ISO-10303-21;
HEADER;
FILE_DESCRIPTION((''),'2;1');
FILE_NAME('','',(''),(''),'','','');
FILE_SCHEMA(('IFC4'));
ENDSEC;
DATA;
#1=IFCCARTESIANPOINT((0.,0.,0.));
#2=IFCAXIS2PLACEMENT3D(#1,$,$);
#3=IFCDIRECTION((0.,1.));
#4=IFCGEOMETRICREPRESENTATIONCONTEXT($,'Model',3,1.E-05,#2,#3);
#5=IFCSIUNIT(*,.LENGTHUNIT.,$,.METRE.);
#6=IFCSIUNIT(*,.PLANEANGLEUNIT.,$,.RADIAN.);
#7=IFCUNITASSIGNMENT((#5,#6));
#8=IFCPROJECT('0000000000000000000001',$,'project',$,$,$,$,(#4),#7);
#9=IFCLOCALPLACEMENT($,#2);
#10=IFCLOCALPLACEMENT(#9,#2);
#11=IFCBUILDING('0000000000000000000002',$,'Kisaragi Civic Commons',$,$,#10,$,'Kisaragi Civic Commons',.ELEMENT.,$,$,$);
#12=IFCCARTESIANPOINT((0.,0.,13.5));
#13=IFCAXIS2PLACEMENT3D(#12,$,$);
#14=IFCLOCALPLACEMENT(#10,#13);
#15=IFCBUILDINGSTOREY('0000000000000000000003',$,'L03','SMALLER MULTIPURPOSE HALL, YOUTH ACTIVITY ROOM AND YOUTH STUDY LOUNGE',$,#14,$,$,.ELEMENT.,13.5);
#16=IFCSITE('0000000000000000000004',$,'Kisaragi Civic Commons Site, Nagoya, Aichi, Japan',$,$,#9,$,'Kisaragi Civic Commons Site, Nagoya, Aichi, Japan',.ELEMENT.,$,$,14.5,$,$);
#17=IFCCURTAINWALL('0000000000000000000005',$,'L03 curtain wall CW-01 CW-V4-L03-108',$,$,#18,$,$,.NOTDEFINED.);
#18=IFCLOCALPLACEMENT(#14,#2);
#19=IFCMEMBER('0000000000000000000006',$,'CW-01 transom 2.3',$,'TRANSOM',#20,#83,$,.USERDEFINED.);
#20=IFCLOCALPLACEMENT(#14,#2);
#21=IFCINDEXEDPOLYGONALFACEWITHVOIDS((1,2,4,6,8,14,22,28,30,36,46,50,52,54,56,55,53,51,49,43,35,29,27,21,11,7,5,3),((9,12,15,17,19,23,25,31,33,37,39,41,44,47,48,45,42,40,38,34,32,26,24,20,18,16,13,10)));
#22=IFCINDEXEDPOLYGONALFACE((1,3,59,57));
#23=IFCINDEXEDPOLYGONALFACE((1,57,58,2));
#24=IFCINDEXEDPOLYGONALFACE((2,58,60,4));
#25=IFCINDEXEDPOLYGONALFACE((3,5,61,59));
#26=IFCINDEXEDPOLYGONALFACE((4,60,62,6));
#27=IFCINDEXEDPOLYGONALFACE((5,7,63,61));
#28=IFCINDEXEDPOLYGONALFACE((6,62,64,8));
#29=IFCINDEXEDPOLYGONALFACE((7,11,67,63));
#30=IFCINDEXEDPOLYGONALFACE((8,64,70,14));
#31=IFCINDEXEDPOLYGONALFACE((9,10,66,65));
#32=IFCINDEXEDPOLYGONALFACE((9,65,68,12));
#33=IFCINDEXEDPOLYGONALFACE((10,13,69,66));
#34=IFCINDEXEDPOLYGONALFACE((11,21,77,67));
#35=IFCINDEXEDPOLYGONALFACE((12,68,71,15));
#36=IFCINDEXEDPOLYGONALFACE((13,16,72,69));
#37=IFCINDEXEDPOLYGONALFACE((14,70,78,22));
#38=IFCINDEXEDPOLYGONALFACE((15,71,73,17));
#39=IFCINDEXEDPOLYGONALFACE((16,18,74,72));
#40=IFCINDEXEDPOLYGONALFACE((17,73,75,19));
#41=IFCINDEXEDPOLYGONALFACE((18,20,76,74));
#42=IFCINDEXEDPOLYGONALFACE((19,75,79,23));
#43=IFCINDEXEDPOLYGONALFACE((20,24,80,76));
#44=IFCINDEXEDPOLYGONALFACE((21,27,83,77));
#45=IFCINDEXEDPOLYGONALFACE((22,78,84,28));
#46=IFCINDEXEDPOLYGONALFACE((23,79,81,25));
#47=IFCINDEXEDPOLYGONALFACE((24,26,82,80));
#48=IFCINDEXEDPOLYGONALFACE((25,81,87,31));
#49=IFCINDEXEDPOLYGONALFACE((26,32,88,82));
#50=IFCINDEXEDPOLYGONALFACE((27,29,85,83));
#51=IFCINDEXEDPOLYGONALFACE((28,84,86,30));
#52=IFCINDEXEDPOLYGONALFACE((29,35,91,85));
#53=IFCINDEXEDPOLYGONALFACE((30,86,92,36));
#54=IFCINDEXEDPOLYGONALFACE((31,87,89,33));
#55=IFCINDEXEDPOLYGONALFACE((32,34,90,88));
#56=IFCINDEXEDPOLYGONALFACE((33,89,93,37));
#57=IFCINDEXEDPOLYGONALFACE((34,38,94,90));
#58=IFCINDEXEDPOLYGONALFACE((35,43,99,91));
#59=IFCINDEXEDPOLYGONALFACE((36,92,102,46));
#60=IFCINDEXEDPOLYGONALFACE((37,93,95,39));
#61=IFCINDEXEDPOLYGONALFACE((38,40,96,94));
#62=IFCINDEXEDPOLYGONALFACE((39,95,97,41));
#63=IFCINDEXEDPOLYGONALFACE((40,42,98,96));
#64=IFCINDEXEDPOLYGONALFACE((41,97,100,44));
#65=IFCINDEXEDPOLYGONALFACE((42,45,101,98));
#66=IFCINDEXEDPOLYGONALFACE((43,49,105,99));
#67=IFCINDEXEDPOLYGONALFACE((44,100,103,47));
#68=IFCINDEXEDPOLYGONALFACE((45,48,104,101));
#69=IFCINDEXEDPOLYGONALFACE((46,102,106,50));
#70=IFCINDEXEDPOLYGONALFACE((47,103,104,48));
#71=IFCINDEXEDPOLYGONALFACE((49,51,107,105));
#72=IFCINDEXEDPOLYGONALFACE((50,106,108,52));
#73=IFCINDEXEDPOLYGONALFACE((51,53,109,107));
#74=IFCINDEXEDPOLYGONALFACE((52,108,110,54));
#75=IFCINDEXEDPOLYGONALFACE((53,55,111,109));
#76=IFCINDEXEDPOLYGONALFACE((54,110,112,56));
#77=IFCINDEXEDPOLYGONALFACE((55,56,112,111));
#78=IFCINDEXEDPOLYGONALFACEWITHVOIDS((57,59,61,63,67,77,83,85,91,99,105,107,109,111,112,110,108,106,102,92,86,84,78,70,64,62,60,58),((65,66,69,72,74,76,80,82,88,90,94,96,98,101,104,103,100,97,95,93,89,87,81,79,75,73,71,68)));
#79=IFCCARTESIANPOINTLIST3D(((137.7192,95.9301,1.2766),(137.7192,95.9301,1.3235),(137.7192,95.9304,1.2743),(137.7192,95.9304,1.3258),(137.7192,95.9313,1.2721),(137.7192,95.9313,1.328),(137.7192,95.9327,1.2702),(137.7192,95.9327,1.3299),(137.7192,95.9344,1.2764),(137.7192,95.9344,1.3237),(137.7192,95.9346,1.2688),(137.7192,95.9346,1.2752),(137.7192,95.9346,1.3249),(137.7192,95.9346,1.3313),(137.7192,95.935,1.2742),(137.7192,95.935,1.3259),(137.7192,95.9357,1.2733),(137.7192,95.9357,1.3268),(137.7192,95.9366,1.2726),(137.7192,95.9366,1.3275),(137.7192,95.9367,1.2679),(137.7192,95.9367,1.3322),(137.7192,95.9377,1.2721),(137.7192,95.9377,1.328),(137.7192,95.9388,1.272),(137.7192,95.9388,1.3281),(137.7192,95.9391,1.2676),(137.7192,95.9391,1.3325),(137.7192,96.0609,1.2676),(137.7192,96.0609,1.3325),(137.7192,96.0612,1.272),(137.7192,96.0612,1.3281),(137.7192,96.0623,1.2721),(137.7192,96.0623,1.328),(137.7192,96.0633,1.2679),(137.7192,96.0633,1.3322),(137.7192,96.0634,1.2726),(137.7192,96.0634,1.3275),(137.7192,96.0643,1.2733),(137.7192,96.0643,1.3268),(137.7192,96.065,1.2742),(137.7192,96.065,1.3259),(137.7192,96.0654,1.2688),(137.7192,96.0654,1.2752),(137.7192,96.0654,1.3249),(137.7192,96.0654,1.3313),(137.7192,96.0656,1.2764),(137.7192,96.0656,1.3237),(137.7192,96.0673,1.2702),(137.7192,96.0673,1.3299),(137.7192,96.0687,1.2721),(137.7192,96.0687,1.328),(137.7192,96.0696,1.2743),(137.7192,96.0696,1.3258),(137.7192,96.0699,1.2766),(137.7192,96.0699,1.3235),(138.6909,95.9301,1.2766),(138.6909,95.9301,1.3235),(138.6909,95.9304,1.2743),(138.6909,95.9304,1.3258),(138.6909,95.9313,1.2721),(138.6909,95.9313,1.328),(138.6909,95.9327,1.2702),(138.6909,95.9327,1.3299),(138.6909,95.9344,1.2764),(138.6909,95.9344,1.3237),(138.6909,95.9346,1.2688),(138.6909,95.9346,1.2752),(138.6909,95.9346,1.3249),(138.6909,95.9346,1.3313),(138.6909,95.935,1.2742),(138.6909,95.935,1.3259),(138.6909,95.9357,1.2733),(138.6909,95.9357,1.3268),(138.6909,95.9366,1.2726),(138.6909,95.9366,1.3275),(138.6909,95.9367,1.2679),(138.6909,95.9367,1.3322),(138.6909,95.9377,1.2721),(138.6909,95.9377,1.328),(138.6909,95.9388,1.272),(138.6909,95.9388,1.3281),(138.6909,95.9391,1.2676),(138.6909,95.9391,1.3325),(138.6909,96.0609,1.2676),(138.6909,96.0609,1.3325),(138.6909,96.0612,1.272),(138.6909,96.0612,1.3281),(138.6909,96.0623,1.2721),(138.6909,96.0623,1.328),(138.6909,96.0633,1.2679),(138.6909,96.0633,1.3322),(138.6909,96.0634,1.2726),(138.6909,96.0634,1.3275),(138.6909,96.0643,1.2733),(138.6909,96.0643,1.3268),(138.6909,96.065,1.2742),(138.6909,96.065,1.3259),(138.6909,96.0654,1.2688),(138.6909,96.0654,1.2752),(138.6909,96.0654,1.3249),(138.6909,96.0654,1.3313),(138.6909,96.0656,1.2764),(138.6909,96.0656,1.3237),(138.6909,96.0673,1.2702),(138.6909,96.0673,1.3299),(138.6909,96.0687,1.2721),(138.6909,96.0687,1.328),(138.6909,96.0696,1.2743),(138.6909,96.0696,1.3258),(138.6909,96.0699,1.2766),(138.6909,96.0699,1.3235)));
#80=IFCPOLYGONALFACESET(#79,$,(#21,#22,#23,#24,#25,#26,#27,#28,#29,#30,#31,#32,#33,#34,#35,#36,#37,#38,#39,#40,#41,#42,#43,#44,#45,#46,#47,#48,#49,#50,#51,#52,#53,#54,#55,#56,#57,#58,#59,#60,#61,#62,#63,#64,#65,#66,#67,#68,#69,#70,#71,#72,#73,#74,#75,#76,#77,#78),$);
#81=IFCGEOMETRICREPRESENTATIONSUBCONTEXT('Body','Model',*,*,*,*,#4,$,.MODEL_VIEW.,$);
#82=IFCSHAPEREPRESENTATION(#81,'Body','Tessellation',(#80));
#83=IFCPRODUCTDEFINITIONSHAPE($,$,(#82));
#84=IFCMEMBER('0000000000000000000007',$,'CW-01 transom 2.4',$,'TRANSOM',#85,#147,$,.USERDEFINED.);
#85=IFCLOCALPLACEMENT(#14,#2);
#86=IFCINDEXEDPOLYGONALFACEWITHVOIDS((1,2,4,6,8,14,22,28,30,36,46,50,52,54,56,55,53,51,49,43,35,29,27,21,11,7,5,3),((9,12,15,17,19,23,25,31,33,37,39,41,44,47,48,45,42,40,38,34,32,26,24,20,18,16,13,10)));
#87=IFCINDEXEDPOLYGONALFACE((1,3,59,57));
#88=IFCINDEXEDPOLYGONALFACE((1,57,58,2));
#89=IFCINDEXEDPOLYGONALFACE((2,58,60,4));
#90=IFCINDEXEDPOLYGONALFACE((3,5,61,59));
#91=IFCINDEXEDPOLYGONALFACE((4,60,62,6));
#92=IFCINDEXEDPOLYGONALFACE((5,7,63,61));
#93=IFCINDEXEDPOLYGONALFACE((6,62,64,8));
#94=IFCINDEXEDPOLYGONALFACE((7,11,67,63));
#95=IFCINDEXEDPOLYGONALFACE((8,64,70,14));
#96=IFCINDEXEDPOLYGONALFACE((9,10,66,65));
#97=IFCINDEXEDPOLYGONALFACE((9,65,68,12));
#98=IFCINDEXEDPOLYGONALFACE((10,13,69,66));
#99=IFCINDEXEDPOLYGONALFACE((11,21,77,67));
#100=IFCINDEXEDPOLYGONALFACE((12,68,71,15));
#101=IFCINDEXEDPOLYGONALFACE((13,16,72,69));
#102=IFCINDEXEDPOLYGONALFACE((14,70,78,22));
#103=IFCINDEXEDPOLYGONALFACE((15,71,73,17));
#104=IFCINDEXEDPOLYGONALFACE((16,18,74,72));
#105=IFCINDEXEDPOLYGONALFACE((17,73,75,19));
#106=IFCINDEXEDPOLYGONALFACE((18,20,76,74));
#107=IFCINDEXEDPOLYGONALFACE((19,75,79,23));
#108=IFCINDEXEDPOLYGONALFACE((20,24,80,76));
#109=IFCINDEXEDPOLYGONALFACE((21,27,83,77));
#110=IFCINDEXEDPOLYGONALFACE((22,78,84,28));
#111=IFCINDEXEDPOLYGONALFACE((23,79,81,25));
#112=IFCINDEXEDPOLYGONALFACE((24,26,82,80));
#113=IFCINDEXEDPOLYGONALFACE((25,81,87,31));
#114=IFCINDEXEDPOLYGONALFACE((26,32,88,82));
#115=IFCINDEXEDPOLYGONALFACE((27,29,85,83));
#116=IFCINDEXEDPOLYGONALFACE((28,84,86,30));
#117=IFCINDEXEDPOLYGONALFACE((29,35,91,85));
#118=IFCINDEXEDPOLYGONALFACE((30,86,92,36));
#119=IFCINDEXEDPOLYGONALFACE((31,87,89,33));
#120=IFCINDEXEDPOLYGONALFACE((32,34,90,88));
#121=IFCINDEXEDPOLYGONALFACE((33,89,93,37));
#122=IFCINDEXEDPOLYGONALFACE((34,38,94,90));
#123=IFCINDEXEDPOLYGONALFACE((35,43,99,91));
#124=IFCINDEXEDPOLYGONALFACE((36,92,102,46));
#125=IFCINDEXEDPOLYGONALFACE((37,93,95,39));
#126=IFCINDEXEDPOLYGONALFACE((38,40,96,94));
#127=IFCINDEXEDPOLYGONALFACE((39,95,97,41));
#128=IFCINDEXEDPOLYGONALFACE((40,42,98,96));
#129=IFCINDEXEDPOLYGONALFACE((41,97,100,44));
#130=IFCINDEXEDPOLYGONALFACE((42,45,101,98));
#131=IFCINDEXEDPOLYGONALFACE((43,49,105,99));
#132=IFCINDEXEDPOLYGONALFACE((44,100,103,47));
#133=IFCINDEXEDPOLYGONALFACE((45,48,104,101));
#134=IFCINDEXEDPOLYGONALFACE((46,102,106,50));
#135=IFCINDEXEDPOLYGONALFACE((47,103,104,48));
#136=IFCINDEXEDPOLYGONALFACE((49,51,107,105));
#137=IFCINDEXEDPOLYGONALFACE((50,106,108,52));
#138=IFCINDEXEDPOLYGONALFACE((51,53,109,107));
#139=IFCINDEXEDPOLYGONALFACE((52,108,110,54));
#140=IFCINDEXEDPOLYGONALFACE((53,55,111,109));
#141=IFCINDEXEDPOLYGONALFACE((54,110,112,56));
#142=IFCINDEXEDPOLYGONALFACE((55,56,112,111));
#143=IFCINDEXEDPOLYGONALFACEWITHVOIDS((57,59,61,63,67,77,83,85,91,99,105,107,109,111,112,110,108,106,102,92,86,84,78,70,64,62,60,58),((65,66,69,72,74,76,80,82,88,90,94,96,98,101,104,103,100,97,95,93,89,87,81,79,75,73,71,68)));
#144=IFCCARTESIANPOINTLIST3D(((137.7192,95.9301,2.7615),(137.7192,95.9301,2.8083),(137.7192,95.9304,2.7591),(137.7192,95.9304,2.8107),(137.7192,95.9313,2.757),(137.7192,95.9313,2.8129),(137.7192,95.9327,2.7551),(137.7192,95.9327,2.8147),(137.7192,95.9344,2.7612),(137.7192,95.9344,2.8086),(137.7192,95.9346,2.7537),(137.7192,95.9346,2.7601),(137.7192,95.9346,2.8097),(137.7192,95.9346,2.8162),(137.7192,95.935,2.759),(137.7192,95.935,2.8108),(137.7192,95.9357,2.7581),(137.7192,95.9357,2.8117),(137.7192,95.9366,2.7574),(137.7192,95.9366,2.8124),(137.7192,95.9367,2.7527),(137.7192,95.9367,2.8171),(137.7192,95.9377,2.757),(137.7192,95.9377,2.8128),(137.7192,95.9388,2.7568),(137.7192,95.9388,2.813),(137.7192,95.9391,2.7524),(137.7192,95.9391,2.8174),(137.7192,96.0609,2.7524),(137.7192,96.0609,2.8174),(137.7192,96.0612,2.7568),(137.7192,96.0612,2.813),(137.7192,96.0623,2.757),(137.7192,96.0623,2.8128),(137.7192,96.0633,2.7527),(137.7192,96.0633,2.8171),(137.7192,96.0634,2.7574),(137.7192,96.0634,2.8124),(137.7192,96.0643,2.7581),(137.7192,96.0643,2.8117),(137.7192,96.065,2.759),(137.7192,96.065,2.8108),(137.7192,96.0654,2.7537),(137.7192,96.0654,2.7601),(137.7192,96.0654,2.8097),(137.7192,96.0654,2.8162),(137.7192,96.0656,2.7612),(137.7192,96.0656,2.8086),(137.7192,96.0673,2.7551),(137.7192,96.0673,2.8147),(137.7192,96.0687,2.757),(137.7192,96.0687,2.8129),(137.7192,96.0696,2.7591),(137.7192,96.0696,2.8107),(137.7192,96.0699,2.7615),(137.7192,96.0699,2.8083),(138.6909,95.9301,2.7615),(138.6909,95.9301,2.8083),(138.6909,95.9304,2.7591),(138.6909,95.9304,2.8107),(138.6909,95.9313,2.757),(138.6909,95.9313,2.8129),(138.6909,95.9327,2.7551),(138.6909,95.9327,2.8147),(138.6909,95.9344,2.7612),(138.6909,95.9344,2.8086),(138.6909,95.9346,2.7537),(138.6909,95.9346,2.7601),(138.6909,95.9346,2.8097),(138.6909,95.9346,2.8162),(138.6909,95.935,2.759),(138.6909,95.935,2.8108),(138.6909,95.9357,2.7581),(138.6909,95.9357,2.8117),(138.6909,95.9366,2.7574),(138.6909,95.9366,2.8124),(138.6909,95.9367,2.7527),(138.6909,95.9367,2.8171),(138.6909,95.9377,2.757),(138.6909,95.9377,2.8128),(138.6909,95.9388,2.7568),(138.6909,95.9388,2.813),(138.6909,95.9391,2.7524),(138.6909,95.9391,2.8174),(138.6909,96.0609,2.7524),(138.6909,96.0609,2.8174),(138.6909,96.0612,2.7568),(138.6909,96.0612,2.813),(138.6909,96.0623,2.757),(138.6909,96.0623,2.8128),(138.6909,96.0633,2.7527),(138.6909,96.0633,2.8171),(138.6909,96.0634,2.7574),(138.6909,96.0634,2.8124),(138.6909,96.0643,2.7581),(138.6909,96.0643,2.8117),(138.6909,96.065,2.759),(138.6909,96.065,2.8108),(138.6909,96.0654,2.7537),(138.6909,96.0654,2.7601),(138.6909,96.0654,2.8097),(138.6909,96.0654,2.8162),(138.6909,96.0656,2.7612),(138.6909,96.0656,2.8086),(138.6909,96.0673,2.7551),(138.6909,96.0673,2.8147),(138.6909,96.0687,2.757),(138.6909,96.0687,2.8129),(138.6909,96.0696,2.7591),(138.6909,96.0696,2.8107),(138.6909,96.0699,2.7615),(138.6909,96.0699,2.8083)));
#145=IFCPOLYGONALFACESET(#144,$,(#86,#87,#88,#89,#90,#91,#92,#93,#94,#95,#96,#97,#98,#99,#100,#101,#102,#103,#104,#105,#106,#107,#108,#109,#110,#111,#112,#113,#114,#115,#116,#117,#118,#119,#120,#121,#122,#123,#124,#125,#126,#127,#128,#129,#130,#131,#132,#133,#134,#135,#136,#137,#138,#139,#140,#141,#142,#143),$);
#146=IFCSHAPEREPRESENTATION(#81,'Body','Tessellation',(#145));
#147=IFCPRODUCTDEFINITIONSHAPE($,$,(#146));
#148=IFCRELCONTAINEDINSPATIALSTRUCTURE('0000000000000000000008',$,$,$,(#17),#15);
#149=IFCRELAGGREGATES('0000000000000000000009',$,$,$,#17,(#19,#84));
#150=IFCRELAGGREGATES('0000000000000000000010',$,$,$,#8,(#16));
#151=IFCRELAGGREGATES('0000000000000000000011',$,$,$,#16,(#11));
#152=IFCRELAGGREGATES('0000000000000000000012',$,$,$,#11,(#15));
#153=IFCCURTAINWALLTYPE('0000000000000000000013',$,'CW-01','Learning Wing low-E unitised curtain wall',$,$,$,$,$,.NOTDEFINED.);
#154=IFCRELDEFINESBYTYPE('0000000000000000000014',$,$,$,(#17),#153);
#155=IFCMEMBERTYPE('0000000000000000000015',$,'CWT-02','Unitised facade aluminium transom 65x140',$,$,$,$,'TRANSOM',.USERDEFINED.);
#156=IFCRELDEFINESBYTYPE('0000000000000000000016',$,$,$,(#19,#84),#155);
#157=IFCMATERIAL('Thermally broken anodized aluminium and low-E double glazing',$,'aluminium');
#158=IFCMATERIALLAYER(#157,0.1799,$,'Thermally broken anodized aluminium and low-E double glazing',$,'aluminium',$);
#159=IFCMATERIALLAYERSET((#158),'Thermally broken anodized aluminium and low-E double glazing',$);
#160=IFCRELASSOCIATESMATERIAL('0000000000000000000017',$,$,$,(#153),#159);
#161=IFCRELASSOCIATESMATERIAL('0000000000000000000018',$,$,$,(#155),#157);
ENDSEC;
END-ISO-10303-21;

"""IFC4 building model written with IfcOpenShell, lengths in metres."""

from ifc_helpers import new_model, si_unit, direction, frame, origin, origin_2d, place, context, subcontext, project, spatial, hollow_rectangle, extrude, material, layer, layer_set, material_profile, profile_set, type_object, element, aggregate, save


model = new_model("IFC4")

# Units and contexts
model_context = context("Model", 3, precision=1e-05, world=origin(), true_north=direction((0.0, 1.0)))
body_context = subcontext(model_context, "Body", "Model", "MODEL_VIEW")
ifc_project = project(units=[si_unit("LENGTHUNIT", "METRE"), si_unit("PLANEANGLEUNIT", "RADIAN")], contexts=[model_context])

# Site, building, storey
site_placement = place(None, origin())
site = spatial("IfcSite", under=ifc_project, at=site_placement, Name="Kisaragi Civic Commons Site, Nagoya, Aichi, Japan", LongName="Kisaragi Civic Commons Site, Nagoya, Aichi, Japan", CompositionType="ELEMENT", RefElevation=14.5)
building_placement = place(site_placement, origin())
building = spatial("IfcBuilding", under=site, at=building_placement, Name="Kisaragi Civic Commons", LongName="Kisaragi Civic Commons", CompositionType="ELEMENT")
storey_placement = place(building_placement, frame((0.0, 0.0, 13.5)))
storey = spatial("IfcBuildingStorey", under=building, at=storey_placement, Name="L03", Description="SMALLER MULTIPURPOSE HALL, YOUTH ACTIVITY ROOM AND YOUTH STUDY LOUNGE", CompositionType="ELEMENT", Elevation=13.5)

# Shared definitions
ifc_material = material(Name="Thermally broken anodized aluminium and low-E double glazing", Category="aluminium")
ifc_layer_1 = layer(ifc_material, 0.1799, Name="Thermally broken anodized aluminium and low-E double glazing", Category="aluminium")
ifc_layer_set_1 = layer_set([ifc_layer_1], Name="Thermally broken anodized aluminium and low-E double glazing")
curtain_wall_type = type_object("IfcCurtainWallType", Name="CW-01", Description="Learning Wing low-E unitised curtain wall", PredefinedType="NOTDEFINED", material=ifc_layer_set_1)

# Curtain wall, members
curtain_wall_1_placement = place(storey_placement, origin())
curtain_wall_1 = element("IfcCurtainWall", 1, at=curtain_wall_1_placement, inside=storey, type_object=curtain_wall_type, Name="L03 curtain wall CW-01 CW-V4-L03-108", PredefinedType="NOTDEFINED")
ifc_material_profile_1 = material_profile(ifc_material, hollow_rectangle(XDim=0.1399, YDim=0.0649, WallThickness=0.0044, InnerFilletRadius=0.0044, OuterFilletRadius=0.009, at=origin_2d()), Name="CWT-65x140x4.5", Category="aluminium")
ifc_profile_set_1 = profile_set([ifc_material_profile_1], Name="Thermally broken anodized aluminium and low-E double glazing")
member_type_1 = type_object("IfcMemberType", Name="CWT-02", Description="Unitised facade aluminium transom 65x140", ElementType="TRANSOM", PredefinedType="USERDEFINED", material=ifc_profile_set_1)
member_1_placement = place(storey_placement, frame((138.6909, 96.0, 1.3), z_axis=(-1.0, 0.0, 0.0), x_axis=(0.0, -1.0, 0.0)))
member_1 = element("IfcMember", 2, at=member_1_placement, type_object=member_type_1, Name="CW-01 transom 2.3", ObjectType="TRANSOM", PredefinedType="USERDEFINED", context=body_context, shape_type="SweptSolid", body=[
    extrude(hollow_rectangle(XDim=0.1399, YDim=0.0649, WallThickness=0.0044, InnerFilletRadius=0.0044, OuterFilletRadius=0.009, at=origin_2d()), origin(), (0.0, 0.0, 1.0), 0.9717),
])
member_2_placement = place(storey_placement, frame((138.6909, 96.0, 2.7849), z_axis=(-1.0, 0.0, 0.0), x_axis=(0.0, -1.0, 0.0)))
member_2 = element("IfcMember", 3, at=member_2_placement, type_object=member_type_1, Name="CW-01 transom 2.4", ObjectType="TRANSOM", PredefinedType="USERDEFINED", context=body_context, shape_type="SweptSolid", body=[
    extrude(hollow_rectangle(XDim=0.1399, YDim=0.0649, WallThickness=0.0044, InnerFilletRadius=0.0044, OuterFilletRadius=0.009, at=origin_2d()), origin(), (0.0, 0.0, 1.0), 0.9717),
])
aggregate(curtain_wall_1, [member_1, member_2])

save(model, "model.ifc")
